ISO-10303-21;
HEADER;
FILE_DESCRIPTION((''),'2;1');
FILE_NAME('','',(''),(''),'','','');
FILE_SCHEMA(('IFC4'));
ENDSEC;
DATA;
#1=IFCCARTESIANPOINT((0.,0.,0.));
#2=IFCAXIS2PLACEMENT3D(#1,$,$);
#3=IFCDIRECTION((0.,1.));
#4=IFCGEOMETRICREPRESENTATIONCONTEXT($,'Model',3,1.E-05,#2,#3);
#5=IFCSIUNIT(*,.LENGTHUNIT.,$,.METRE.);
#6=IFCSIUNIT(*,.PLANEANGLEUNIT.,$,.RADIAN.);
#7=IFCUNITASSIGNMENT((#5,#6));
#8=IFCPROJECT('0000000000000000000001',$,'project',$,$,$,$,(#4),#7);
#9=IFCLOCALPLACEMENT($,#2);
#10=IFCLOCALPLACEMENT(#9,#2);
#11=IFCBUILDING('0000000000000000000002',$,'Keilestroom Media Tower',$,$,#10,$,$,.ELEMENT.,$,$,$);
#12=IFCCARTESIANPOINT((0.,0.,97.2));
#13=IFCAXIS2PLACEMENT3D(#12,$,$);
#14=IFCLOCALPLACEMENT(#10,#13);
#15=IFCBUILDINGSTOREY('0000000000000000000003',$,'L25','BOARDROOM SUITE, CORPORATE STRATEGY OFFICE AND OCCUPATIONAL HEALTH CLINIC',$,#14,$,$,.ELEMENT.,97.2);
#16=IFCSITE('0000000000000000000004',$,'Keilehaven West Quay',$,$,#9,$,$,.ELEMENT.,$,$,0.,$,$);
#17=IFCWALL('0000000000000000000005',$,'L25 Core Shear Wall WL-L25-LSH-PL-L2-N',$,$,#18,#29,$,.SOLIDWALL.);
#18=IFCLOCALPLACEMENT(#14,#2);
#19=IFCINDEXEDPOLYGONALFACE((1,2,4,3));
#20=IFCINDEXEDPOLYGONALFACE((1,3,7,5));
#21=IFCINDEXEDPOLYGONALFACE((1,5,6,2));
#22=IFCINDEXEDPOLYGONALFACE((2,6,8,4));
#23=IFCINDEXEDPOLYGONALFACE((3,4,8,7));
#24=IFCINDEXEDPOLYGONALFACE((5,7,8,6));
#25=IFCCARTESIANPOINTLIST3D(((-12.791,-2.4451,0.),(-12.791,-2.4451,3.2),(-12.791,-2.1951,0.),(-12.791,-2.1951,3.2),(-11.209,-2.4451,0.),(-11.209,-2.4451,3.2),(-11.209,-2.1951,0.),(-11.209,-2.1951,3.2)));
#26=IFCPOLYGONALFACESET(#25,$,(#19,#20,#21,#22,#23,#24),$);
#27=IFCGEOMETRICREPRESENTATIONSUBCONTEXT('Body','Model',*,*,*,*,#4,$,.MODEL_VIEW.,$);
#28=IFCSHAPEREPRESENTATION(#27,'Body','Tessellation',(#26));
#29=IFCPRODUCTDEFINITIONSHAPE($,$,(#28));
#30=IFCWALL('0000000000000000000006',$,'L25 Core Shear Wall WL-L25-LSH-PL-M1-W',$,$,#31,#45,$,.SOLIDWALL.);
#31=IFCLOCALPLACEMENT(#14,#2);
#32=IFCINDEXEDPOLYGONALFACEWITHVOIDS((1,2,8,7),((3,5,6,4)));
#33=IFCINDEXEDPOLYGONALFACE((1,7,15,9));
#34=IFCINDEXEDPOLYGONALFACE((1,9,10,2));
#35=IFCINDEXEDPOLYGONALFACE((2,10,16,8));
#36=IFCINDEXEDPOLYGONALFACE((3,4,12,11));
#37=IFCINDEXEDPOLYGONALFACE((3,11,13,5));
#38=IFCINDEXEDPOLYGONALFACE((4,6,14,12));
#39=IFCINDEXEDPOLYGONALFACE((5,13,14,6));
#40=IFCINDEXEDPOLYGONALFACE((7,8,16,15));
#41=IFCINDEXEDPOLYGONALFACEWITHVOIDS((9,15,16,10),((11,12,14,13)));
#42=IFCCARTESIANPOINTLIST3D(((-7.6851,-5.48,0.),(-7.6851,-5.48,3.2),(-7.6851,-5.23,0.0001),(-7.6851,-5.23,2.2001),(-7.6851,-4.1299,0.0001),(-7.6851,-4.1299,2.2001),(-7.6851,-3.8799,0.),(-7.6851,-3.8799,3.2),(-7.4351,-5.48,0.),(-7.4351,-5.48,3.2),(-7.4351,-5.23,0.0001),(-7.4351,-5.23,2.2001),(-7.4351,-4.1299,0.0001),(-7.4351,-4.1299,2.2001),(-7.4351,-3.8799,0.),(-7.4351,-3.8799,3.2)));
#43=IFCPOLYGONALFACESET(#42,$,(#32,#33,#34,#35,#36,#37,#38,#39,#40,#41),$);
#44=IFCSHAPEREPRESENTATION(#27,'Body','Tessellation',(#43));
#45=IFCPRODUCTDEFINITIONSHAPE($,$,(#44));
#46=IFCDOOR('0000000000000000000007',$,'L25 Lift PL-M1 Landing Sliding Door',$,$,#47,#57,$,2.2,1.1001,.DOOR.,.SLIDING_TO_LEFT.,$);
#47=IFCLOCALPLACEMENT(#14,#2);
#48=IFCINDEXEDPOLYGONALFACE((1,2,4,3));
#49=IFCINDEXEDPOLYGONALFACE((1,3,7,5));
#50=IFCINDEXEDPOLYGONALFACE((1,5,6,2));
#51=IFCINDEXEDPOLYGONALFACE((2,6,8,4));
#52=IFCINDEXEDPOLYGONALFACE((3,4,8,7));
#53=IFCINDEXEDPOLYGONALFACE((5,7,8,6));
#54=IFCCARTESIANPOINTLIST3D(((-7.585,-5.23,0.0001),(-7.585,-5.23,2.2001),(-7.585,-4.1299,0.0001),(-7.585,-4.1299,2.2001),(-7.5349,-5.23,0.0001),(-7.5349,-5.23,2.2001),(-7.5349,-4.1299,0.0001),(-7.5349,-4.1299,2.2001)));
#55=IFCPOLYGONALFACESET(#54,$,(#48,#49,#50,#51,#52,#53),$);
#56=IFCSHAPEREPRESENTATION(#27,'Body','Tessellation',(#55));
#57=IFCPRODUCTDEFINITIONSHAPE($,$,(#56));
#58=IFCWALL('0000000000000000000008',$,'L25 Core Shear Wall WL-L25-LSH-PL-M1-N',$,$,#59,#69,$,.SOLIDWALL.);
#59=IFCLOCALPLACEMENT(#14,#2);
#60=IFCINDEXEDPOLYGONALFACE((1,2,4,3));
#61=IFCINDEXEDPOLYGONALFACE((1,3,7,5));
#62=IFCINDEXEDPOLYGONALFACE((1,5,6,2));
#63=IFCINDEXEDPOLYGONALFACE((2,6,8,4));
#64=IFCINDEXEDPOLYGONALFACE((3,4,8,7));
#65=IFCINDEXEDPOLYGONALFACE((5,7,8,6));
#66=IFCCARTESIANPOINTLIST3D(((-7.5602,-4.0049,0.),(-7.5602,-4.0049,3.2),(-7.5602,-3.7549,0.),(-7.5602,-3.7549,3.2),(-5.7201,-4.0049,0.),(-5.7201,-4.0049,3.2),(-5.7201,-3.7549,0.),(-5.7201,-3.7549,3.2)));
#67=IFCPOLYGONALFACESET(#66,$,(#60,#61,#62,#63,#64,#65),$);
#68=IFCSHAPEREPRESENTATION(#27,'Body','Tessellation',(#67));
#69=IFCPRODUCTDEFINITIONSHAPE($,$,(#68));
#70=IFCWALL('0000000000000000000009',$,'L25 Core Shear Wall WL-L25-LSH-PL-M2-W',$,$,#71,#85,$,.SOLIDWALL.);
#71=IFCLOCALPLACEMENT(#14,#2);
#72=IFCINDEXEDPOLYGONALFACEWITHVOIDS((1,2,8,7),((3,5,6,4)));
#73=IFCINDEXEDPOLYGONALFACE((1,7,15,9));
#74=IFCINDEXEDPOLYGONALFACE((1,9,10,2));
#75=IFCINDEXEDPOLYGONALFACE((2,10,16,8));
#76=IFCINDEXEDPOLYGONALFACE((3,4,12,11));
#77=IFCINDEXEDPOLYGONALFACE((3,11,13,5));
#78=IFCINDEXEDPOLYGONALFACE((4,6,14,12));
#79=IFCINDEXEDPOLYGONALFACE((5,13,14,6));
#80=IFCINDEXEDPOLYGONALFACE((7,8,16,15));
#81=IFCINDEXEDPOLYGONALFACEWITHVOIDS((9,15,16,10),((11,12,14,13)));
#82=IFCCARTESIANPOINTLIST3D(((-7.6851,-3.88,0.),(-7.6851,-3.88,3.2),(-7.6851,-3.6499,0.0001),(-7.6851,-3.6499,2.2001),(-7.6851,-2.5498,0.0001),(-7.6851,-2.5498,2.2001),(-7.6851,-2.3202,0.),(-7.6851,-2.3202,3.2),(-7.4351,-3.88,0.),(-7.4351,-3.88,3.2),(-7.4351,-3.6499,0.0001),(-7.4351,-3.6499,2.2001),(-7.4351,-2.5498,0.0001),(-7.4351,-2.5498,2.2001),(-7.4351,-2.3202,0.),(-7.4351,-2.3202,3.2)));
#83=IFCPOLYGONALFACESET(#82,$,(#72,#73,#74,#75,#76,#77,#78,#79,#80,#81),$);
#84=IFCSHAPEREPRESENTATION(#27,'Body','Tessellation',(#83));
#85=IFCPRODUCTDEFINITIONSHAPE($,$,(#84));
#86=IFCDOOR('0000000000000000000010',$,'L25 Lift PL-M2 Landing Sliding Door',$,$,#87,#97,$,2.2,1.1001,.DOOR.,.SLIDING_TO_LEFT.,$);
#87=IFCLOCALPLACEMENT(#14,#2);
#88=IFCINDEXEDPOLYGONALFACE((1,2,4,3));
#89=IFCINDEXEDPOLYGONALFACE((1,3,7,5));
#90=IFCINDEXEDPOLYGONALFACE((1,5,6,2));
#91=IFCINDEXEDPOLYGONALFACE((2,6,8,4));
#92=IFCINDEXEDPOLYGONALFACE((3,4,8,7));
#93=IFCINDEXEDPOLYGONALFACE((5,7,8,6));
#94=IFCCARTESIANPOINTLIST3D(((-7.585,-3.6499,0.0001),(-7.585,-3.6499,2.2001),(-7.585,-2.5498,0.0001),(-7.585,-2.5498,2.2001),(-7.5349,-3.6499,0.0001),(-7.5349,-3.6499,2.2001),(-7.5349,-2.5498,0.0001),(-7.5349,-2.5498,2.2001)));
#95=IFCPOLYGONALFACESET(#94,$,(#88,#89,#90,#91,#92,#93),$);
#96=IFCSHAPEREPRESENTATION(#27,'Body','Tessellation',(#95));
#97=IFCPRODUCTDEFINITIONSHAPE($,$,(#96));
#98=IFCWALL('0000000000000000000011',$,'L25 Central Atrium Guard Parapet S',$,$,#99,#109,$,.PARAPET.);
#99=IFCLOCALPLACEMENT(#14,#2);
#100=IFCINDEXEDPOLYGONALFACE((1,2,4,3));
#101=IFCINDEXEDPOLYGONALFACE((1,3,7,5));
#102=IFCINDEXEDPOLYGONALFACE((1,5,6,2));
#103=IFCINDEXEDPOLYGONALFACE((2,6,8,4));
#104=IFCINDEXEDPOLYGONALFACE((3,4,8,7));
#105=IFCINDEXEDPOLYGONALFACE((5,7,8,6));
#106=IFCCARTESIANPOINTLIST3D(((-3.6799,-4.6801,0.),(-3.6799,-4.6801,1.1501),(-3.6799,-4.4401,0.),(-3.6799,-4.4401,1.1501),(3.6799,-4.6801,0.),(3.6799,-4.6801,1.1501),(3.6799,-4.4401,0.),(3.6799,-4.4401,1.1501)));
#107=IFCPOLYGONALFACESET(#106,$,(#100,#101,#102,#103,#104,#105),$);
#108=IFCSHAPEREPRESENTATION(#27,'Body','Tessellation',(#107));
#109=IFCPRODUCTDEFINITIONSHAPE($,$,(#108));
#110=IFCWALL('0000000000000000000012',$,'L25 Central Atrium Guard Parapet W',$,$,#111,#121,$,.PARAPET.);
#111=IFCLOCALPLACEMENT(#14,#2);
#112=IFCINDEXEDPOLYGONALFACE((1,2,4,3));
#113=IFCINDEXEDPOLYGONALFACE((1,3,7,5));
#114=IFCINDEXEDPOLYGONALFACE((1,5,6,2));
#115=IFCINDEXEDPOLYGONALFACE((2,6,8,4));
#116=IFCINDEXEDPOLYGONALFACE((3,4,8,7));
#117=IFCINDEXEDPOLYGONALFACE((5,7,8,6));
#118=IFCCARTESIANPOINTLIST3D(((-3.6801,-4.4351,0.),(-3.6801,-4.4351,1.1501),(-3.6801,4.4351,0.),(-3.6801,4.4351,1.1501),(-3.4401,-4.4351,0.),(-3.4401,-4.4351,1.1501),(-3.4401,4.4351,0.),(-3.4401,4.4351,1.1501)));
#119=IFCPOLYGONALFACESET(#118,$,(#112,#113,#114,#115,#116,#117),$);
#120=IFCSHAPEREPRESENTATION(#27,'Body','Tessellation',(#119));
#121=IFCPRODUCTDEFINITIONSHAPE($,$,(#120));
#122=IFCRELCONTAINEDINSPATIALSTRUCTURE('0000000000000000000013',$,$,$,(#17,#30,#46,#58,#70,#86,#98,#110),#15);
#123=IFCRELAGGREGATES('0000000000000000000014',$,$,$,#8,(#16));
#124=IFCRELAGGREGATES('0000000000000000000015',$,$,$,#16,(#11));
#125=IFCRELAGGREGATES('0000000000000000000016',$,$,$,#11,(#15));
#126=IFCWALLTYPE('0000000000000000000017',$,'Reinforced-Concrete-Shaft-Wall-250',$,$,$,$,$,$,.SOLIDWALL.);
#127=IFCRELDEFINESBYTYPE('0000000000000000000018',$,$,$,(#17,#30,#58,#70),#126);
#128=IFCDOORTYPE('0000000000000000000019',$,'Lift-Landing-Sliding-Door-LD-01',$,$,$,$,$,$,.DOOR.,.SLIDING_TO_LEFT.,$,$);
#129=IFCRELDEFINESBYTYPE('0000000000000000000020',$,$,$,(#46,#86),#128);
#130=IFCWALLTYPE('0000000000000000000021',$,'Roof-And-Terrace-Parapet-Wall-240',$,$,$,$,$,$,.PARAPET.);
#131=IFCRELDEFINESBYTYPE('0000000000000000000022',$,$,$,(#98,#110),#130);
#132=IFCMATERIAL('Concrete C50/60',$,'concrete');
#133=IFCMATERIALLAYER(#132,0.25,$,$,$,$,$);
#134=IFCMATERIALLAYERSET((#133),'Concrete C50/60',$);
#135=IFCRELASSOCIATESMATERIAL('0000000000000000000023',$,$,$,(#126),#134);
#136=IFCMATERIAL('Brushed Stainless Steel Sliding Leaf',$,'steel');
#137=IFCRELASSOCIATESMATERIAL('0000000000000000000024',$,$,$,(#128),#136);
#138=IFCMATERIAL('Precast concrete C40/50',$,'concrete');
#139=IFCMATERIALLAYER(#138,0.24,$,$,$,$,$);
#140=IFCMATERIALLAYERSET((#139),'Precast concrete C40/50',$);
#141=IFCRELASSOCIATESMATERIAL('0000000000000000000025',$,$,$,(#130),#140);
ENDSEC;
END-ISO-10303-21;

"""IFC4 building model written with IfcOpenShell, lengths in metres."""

from ifc_helpers import new_model, si_unit, direction, frame, frame_2d, origin, place, context, subcontext, project, spatial, rectangle, extrude, source, transform, mapped, material, layer, layer_set, type_object, element, fill, save


model = new_model("IFC4")

# Units and contexts
model_context = context("Model", 3, precision=1e-05, world=origin(), true_north=direction((0.0, 1.0)))
body_context = subcontext(model_context, "Body", "Model", "MODEL_VIEW")
ifc_project = project(units=[si_unit("LENGTHUNIT", "METRE"), si_unit("PLANEANGLEUNIT", "RADIAN")], contexts=[model_context])

# Site, building, storey
site_placement = place(None, origin())
site = spatial("IfcSite", under=ifc_project, at=site_placement, Name="Keilehaven West Quay", CompositionType="ELEMENT", RefElevation=0.0)
building_placement = place(site_placement, origin())
building = spatial("IfcBuilding", under=site, at=building_placement, Name="Keilestroom Media Tower", CompositionType="ELEMENT")
storey_placement = place(building_placement, frame((0.0, 0.0, 97.2)))
storey = spatial("IfcBuildingStorey", under=building, at=storey_placement, Name="L25", Description="BOARDROOM SUITE, CORPORATE STRATEGY OFFICE AND OCCUPATIONAL HEALTH CLINIC", CompositionType="ELEMENT", Elevation=97.2)

# Shared definitions
ifc_material_1 = material(Name="Concrete C50/60", Category="concrete")
ifc_layer_1 = layer(ifc_material_1, 0.25)
ifc_layer_set_1 = layer_set([ifc_layer_1], Name="Concrete C50/60")
wall_type_1 = type_object("IfcWallType", Name="Reinforced-Concrete-Shaft-Wall-250", PredefinedType="SOLIDWALL", material=ifc_layer_set_1)

# Shared definitions
ifc_material_2 = material(Name="Brushed Stainless Steel Sliding Leaf", Category="steel")

# Wall
wall_1_placement = place(storey_placement, frame((-12.791, -2.3201, 0.0), z_axis=(0.0, 0.0, 1.0), x_axis=(1.0, 0.0, 0.0)))
element("IfcWall", 1, at=wall_1_placement, inside=storey, type_object=wall_type_1, Name="L25 Core Shear Wall WL-L25-LSH-PL-L2-N", PredefinedType="SOLIDWALL", context=body_context, shape_type="SweptSolid", body=[
    extrude(rectangle(XDim=1.582, YDim=0.25, at=frame_2d((0.791, 0.0))), origin(), (0.0, 0.0, 1.0), 3.2),
])

# Wall, opening, door
wall_2_placement = place(storey_placement, frame((-7.5601, -5.48, 0.0), z_axis=(0.0, 0.0, 1.0), x_axis=(0.0, 1.0, 0.0)))
wall_2 = element("IfcWall", 2, at=wall_2_placement, inside=storey, type_object=wall_type_1, Name="L25 Core Shear Wall WL-L25-LSH-PL-M1-W", PredefinedType="SOLIDWALL", context=body_context, shape_type="SweptSolid", body=[
    extrude(rectangle(XDim=1.6001, YDim=0.25, at=frame_2d((0.8, 0.0))), origin(), (0.0, 0.0, 1.0), 3.2),
])
opening_1_placement = place(wall_2_placement, frame((0.25, 0.0, 0.0)))
opening_1 = element("IfcOpeningElement", 3, at=opening_1_placement, cuts=wall_2, PredefinedType="OPENING", context=body_context, shape_type="SweptSolid", body=[
    extrude(rectangle(XDim=1.1001, YDim=2.2, at=frame_2d((0.55, 1.1001))), frame((0.0, 0.135, 0.0), z_axis=(0.0, -1.0, 0.0), x_axis=(1.0, 0.0, 0.0)), (0.0, 0.0, 1.0), 0.27),
])
door_type_1 = type_object("IfcDoorType", Name="Lift-Landing-Sliding-Door-LD-01", OperationType="SLIDING_TO_LEFT", PredefinedType="DOOR", material=ifc_material_2)
shared_shape_1 = source(origin(), body_context, "Body", "SweptSolid", [
    extrude(rectangle(XDim=1.1001, YDim=2.2, at=frame_2d((0.55, 1.1001))), frame((0.0, 0.0249, 0.0), z_axis=(0.0, -1.0, 0.0), x_axis=(1.0, 0.0, 0.0)), (0.0, 0.0, 1.0), 0.05),
])
door_1_placement = place(opening_1_placement, origin())
door_1 = element("IfcDoor", 4, at=door_1_placement, inside=storey, type_object=door_type_1, Name="L25 Lift PL-M1 Landing Sliding Door", OperationType="SLIDING_TO_LEFT", OverallHeight=2.2, OverallWidth=1.1001, PredefinedType="DOOR", context=body_context, shape_type="MappedRepresentation", body=[
    mapped(shared_shape_1, transform((0.0, 0.0, 0.0), x_axis=(1.0, 0.0, 0.0), y_axis=(0.0, 1.0, 0.0), z_axis=(0.0, 0.0, 1.0), scale=1.0)),
])
fill(opening_1, door_1)

# Wall
wall_3_placement = place(storey_placement, frame((-7.5601, -3.8799, 0.0), z_axis=(0.0, 0.0, 1.0), x_axis=(1.0, 0.0, 0.0)))
element("IfcWall", 5, at=wall_3_placement, inside=storey, type_object=wall_type_1, Name="L25 Core Shear Wall WL-L25-LSH-PL-M1-N", PredefinedType="SOLIDWALL", context=body_context, shape_type="SweptSolid", body=[
    extrude(rectangle(XDim=1.8401, YDim=0.25, at=frame_2d((0.9199, 0.0))), origin(), (0.0, 0.0, 1.0), 3.2),
])

# Wall, opening, door
wall_4_placement = place(storey_placement, frame((-7.5601, -3.8799, 0.0), z_axis=(0.0, 0.0, 1.0), x_axis=(0.0, 1.0, 0.0)))
wall_4 = element("IfcWall", 6, at=wall_4_placement, inside=storey, type_object=wall_type_1, Name="L25 Core Shear Wall WL-L25-LSH-PL-M2-W", PredefinedType="SOLIDWALL", context=body_context, shape_type="SweptSolid", body=[
    extrude(rectangle(XDim=1.5598, YDim=0.25, at=frame_2d((0.7798, 0.0))), origin(), (0.0, 0.0, 1.0), 3.2),
])
opening_2_placement = place(wall_4_placement, frame((0.23, 0.0, 0.0)))
opening_2 = element("IfcOpeningElement", 7, at=opening_2_placement, cuts=wall_4, PredefinedType="OPENING", context=body_context, shape_type="SweptSolid", body=[
    extrude(rectangle(XDim=1.1001, YDim=2.2, at=frame_2d((0.55, 1.1001))), frame((0.0, 0.135, 0.0), z_axis=(0.0, -1.0, 0.0), x_axis=(1.0, 0.0, 0.0)), (0.0, 0.0, 1.0), 0.27),
])
door_2_placement = place(opening_2_placement, origin())
door_2 = element("IfcDoor", 8, at=door_2_placement, inside=storey, type_object=door_type_1, Name="L25 Lift PL-M2 Landing Sliding Door", OperationType="SLIDING_TO_LEFT", OverallHeight=2.2, OverallWidth=1.1001, PredefinedType="DOOR", context=body_context, shape_type="MappedRepresentation", body=[
    mapped(shared_shape_1, transform((0.0, 0.0, 0.0), x_axis=(1.0, 0.0, 0.0), y_axis=(0.0, 1.0, 0.0), z_axis=(0.0, 0.0, 1.0), scale=1.0)),
])
fill(opening_2, door_2)

# Walls
ifc_material_3 = material(Name="Precast concrete C40/50", Category="concrete")
ifc_layer_2 = layer(ifc_material_3, 0.24)
ifc_layer_set_2 = layer_set([ifc_layer_2], Name="Precast concrete C40/50")
wall_type_2 = type_object("IfcWallType", Name="Roof-And-Terrace-Parapet-Wall-240", PredefinedType="PARAPET", material=ifc_layer_set_2)
wall_5_placement = place(storey_placement, frame((-3.6799, -4.5601, 0.0), z_axis=(0.0, 0.0, 1.0), x_axis=(1.0, 0.0, 0.0)))
element("IfcWall", 9, at=wall_5_placement, inside=storey, type_object=wall_type_2, Name="L25 Central Atrium Guard Parapet S", PredefinedType="PARAPET", context=body_context, shape_type="SweptSolid", body=[
    extrude(rectangle(XDim=7.3599, YDim=0.24, at=frame_2d((3.6799, 0.0))), origin(), (0.0, 0.0, 1.0), 1.1501),
])
wall_6_placement = place(storey_placement, frame((-3.5601, -4.4351, 0.0), z_axis=(0.0, 0.0, 1.0), x_axis=(0.0, 1.0, 0.0)))
element("IfcWall", 10, at=wall_6_placement, inside=storey, type_object=wall_type_2, Name="L25 Central Atrium Guard Parapet W", PredefinedType="PARAPET", context=body_context, shape_type="SweptSolid", body=[
    extrude(rectangle(XDim=8.8701, YDim=0.24, at=frame_2d((4.4351, 0.0))), origin(), (0.0, 0.0, 1.0), 1.1501),
])

save(model, "model.ifc")
